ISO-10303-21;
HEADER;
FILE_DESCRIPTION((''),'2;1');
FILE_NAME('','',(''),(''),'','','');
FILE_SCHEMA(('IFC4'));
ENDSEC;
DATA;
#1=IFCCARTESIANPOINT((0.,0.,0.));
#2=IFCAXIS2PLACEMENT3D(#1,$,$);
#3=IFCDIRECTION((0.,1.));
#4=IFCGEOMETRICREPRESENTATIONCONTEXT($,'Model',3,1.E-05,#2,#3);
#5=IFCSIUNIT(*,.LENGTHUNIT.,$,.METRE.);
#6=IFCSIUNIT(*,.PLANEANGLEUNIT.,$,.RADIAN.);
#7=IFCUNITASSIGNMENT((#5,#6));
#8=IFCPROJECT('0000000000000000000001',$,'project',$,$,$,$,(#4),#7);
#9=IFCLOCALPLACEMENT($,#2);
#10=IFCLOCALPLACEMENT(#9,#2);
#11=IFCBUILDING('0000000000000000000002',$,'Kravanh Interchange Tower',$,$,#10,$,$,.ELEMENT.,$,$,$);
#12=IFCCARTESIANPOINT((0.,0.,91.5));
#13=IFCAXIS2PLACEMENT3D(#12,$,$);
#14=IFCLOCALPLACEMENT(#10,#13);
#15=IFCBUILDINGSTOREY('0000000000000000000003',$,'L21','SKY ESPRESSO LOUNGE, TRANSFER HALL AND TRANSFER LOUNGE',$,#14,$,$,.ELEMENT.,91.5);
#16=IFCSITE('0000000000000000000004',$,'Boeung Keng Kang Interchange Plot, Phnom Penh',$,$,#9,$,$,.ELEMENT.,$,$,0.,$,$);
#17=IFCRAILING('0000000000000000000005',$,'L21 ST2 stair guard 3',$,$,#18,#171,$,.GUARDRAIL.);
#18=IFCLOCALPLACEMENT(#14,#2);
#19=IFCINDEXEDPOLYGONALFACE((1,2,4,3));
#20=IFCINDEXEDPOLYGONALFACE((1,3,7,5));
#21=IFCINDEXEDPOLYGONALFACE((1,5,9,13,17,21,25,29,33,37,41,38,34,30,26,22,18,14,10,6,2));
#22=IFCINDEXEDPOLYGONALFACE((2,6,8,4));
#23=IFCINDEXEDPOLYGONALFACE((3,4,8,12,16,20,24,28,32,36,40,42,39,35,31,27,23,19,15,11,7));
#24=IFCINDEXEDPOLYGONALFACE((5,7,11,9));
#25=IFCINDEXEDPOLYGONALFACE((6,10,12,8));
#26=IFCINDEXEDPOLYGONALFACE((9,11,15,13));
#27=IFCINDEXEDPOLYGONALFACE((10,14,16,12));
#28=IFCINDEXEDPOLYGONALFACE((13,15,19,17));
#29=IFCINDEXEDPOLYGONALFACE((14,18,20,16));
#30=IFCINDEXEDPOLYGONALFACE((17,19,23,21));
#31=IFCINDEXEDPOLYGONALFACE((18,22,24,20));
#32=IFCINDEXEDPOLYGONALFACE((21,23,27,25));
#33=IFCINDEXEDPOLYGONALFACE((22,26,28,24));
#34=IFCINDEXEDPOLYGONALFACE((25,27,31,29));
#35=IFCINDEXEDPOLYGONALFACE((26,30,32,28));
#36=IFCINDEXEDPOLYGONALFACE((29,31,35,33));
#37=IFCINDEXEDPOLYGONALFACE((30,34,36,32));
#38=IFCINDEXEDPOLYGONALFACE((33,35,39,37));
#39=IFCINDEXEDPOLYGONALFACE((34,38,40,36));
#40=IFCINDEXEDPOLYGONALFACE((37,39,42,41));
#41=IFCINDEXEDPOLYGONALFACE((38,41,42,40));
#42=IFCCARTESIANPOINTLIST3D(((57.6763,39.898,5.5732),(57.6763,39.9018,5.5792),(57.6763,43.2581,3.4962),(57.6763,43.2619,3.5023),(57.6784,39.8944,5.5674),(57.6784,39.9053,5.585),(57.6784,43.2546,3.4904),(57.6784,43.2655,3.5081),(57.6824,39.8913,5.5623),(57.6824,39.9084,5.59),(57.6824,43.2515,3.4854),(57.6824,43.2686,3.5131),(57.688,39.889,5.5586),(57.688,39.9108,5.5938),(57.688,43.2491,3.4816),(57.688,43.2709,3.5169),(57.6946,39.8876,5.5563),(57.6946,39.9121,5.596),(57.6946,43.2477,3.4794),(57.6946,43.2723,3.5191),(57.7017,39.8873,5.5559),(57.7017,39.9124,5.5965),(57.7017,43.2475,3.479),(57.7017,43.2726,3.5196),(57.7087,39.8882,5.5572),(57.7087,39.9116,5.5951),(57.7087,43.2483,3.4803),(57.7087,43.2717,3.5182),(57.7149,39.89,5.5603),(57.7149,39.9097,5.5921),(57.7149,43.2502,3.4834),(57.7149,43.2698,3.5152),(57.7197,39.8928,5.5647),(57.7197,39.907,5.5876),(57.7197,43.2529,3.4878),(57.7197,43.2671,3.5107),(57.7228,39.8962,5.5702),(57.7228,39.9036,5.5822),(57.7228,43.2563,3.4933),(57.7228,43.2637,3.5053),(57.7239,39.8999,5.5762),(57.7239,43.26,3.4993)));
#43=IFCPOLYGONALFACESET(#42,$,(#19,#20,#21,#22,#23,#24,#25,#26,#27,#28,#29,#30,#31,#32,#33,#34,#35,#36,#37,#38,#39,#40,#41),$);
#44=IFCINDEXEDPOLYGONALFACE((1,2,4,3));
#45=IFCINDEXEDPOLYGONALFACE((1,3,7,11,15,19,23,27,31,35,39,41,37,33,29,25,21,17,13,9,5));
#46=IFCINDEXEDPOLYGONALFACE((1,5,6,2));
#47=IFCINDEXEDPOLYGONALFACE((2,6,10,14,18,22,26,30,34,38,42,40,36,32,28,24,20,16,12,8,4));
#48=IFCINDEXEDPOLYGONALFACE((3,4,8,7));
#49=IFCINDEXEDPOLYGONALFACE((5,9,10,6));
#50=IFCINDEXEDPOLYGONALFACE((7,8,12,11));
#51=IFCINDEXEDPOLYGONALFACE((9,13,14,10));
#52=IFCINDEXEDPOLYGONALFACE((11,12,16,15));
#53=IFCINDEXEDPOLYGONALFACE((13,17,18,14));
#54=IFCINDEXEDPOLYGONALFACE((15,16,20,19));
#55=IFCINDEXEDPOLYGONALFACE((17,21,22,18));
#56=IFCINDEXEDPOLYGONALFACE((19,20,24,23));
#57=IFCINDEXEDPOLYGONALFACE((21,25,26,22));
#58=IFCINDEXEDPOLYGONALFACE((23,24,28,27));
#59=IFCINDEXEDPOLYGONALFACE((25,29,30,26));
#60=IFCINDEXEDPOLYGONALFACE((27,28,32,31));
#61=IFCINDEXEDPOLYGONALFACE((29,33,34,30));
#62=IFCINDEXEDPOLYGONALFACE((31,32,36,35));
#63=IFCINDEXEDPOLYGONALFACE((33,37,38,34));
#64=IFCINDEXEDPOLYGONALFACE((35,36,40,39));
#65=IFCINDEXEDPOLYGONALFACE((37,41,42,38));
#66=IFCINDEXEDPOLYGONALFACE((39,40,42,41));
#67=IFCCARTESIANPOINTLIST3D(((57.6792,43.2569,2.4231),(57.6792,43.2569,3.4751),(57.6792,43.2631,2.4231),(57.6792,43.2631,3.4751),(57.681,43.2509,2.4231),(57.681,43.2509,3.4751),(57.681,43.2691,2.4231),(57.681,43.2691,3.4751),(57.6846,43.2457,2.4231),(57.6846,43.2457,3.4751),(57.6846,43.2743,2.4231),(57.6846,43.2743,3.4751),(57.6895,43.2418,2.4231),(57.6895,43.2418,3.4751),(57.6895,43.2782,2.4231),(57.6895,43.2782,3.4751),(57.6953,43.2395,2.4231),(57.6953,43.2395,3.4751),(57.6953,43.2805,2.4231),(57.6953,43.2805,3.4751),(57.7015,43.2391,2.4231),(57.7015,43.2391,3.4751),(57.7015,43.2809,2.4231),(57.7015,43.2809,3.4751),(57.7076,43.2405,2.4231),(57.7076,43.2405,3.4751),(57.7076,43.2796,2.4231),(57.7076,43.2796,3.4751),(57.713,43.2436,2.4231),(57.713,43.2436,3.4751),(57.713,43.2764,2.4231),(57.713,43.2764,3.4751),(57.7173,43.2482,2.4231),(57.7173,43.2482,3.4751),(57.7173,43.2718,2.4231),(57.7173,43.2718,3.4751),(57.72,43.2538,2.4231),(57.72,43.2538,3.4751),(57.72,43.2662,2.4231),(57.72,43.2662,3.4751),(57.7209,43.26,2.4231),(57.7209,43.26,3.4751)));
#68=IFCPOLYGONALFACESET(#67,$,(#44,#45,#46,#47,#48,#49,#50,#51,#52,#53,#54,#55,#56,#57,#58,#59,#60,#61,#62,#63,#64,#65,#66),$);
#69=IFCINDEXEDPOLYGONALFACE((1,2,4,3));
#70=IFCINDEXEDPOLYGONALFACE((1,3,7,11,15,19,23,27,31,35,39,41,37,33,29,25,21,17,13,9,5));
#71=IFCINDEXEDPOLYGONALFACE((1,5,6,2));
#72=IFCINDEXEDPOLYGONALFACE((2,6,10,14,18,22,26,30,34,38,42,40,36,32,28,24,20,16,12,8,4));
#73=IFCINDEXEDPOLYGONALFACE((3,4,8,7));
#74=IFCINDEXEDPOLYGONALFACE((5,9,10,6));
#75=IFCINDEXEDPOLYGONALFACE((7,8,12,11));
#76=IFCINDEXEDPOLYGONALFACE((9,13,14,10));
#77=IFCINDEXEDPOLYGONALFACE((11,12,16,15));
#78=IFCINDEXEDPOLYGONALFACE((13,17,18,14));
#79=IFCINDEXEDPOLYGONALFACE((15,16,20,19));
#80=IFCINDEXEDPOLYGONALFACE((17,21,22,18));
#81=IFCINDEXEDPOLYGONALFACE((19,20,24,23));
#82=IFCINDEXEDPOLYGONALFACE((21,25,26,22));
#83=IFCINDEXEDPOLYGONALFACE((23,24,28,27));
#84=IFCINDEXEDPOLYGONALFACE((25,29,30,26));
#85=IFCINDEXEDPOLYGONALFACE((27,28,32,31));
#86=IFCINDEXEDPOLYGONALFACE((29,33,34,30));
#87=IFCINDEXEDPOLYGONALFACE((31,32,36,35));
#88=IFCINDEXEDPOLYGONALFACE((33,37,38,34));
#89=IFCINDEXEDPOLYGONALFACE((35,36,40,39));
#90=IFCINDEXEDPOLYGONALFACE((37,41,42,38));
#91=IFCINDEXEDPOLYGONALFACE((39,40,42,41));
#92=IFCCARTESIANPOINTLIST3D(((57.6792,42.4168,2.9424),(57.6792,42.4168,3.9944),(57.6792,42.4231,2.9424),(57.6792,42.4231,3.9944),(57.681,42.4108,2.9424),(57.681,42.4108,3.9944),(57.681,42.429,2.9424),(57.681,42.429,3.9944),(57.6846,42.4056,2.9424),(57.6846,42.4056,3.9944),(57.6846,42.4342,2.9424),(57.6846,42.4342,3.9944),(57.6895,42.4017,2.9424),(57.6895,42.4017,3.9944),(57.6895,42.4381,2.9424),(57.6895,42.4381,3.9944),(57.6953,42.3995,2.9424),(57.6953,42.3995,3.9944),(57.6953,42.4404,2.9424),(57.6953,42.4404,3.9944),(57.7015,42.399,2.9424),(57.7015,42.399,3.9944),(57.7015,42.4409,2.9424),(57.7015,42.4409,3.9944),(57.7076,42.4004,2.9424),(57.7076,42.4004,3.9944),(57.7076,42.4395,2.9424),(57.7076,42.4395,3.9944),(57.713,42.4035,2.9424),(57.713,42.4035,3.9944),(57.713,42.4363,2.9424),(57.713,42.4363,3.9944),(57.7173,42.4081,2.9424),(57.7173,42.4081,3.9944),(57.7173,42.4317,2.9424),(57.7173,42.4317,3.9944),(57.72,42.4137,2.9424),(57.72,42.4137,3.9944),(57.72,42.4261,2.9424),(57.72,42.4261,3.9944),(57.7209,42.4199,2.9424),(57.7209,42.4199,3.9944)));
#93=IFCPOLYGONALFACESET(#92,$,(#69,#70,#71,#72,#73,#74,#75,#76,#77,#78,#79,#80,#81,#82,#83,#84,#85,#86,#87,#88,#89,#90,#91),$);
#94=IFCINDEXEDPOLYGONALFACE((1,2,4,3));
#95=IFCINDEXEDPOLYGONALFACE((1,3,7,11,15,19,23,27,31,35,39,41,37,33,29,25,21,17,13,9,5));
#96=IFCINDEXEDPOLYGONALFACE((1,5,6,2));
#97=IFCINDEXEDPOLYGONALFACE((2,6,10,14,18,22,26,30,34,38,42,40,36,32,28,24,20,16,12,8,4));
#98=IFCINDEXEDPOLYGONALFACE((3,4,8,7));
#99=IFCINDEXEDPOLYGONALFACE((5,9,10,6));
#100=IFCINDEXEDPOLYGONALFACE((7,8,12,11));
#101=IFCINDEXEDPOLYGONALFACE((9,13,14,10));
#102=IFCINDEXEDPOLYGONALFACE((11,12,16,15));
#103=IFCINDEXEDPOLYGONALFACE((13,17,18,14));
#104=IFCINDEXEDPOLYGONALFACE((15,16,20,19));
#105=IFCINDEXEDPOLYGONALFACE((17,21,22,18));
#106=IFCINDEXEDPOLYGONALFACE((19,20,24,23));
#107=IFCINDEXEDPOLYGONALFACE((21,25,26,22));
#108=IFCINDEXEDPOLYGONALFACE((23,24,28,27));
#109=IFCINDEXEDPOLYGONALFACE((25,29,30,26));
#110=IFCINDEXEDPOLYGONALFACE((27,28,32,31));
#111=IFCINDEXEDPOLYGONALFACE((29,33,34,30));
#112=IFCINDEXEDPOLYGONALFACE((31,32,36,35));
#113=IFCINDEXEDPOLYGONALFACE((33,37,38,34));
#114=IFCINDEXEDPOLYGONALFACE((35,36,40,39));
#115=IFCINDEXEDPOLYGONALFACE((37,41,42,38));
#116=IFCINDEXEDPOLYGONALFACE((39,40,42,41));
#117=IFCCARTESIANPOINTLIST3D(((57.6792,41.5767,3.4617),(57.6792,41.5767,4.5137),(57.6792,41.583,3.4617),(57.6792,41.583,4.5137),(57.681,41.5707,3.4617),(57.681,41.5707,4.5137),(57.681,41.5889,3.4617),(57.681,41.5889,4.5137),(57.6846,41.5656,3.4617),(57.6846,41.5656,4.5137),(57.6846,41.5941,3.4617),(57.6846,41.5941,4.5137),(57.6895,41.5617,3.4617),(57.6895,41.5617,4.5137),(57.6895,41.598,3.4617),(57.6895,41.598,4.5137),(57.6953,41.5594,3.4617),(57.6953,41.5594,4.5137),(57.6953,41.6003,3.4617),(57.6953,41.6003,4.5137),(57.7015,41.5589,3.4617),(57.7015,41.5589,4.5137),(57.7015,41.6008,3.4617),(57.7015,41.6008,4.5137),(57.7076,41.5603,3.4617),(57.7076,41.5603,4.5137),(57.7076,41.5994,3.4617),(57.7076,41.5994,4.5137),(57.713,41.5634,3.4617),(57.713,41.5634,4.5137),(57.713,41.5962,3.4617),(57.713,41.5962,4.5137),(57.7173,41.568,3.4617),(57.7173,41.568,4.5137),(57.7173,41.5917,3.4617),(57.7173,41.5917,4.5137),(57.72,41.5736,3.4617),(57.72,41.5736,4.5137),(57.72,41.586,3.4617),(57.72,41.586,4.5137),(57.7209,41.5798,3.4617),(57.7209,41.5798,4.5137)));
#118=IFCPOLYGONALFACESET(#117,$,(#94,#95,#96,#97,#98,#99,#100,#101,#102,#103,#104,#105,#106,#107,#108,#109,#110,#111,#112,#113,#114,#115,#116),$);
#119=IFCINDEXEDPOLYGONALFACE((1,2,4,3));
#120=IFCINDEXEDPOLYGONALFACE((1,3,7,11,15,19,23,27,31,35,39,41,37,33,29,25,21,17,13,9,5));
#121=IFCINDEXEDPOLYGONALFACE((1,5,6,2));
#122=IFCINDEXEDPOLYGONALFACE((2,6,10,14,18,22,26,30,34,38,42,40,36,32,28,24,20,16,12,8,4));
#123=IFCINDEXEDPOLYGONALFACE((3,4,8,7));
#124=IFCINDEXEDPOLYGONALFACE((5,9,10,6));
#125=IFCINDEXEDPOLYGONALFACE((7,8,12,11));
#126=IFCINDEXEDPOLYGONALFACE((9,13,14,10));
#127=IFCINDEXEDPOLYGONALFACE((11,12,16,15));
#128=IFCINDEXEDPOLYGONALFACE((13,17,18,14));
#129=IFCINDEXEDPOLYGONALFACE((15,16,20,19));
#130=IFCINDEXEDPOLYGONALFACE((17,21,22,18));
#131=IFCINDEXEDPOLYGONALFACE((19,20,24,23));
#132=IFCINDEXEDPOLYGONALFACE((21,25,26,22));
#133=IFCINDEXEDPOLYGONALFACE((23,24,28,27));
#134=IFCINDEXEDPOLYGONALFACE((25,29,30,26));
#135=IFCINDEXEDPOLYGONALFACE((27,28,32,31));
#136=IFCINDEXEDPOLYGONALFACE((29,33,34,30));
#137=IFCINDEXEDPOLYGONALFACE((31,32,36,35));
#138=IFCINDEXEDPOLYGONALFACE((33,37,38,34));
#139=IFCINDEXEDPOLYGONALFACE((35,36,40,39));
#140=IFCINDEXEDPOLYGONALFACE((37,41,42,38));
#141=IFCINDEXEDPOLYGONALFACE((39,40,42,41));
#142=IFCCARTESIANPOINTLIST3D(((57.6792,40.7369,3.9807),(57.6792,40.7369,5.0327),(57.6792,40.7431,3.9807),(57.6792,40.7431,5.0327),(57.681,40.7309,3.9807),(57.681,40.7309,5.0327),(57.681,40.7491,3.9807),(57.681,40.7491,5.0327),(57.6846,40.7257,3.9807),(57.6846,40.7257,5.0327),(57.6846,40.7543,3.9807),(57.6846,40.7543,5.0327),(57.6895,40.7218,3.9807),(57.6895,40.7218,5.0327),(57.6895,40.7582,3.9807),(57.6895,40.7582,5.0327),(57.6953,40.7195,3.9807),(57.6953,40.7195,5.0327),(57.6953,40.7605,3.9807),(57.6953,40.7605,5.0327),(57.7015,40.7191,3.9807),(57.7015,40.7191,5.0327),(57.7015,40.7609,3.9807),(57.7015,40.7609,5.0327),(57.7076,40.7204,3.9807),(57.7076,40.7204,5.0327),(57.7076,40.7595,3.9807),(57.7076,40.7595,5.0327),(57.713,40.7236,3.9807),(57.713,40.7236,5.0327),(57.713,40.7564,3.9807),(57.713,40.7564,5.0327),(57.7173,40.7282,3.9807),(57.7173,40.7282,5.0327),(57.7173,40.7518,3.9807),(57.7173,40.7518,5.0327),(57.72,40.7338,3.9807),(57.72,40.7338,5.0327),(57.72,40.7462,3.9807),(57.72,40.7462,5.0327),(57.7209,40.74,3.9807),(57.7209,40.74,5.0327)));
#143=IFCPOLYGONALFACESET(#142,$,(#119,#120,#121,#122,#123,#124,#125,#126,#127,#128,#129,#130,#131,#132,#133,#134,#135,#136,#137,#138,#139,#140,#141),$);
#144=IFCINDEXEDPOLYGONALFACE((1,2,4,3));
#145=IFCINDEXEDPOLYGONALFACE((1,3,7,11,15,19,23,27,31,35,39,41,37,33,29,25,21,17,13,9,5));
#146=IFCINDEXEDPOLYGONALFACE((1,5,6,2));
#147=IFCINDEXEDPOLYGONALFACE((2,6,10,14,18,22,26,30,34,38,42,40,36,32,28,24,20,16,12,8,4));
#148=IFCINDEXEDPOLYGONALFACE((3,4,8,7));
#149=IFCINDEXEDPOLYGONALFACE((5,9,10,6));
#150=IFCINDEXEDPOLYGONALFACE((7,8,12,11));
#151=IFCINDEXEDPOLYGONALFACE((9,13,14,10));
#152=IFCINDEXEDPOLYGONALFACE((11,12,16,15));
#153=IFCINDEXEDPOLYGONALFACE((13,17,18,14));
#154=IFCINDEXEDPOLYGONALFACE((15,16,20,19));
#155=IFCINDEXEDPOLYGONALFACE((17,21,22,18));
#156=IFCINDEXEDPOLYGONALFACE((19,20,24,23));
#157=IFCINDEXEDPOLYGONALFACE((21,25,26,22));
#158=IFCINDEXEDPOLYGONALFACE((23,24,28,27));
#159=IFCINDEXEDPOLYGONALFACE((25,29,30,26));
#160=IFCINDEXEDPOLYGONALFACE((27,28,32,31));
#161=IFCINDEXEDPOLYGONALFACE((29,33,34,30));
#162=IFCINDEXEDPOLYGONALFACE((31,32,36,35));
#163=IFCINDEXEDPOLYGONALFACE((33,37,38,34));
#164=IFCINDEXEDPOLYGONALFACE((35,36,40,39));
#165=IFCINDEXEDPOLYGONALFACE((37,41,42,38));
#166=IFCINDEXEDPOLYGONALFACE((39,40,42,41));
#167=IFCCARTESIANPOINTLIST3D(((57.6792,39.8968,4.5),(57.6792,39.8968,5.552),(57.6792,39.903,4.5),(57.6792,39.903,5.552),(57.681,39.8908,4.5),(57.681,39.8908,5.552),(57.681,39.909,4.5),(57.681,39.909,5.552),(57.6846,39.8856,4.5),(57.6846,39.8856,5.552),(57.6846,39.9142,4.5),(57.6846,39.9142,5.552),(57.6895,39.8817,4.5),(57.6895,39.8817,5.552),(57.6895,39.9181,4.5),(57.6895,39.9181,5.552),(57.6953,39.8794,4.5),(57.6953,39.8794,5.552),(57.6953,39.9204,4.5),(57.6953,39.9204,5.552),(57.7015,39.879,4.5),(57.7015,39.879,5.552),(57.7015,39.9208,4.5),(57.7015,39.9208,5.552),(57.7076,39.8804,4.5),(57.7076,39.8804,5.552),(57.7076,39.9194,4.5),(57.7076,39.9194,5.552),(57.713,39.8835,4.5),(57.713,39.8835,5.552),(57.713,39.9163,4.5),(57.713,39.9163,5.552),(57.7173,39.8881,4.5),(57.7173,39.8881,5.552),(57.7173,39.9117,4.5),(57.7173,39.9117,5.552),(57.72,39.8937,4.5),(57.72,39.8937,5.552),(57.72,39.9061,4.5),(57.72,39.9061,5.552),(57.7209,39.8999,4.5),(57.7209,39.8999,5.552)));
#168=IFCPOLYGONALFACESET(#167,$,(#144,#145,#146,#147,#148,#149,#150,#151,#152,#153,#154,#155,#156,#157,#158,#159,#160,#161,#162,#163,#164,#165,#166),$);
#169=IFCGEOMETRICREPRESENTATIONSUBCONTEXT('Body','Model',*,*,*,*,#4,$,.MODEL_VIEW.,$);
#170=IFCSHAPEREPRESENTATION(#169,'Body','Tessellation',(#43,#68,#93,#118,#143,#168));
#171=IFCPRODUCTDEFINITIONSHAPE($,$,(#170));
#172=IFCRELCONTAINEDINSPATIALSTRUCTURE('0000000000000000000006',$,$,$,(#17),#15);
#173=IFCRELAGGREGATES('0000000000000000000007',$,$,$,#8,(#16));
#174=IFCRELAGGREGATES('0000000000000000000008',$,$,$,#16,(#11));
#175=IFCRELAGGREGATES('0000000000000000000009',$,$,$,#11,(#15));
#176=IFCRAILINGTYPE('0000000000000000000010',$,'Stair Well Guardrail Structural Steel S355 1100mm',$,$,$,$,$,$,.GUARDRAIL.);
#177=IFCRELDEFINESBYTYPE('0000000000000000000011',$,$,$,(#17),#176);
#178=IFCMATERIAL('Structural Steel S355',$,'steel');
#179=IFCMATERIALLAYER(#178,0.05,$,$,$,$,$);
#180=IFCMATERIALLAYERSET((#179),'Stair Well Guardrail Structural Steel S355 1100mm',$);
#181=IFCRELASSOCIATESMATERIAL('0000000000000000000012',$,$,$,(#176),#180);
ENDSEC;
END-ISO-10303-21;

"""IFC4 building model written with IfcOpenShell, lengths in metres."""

from ifc_helpers import new_model, si_unit, direction, frame, origin, origin_2d, place, context, subcontext, project, spatial, circle, extrude, material, layer, layer_set, type_object, element, save


model = new_model("IFC4")

# Units and contexts
model_context = context("Model", 3, precision=1e-05, world=origin(), true_north=direction((0.0, 1.0)))
body_context = subcontext(model_context, "Body", "Model", "MODEL_VIEW")
ifc_project = project(units=[si_unit("LENGTHUNIT", "METRE"), si_unit("PLANEANGLEUNIT", "RADIAN")], contexts=[model_context])

# Site, building, storey
site_placement = place(None, origin())
site = spatial("IfcSite", under=ifc_project, at=site_placement, Name="Boeung Keng Kang Interchange Plot, Phnom Penh", CompositionType="ELEMENT", RefElevation=0.0)
building_placement = place(site_placement, origin())
building = spatial("IfcBuilding", under=site, at=building_placement, Name="Kravanh Interchange Tower", CompositionType="ELEMENT")
storey_placement = place(building_placement, frame((0.0, 0.0, 91.5)))
storey = spatial("IfcBuildingStorey", under=building, at=storey_placement, Name="L21", Description="SKY ESPRESSO LOUNGE, TRANSFER HALL AND TRANSFER LOUNGE", CompositionType="ELEMENT", Elevation=91.5)

# Railing
ifc_material_1 = material(Name="Structural Steel S355", Category="steel")
ifc_layer_1 = layer(ifc_material_1, 0.05)
ifc_layer_set_1 = layer_set([ifc_layer_1], Name="Stair Well Guardrail Structural Steel S355 1100mm")
railing_type_1 = type_object("IfcRailingType", Name="Stair Well Guardrail Structural Steel S355 1100mm", PredefinedType="GUARDRAIL", material=ifc_layer_set_1)
railing_1_placement = place(storey_placement, frame((57.7, 43.26, 2.4231)))
element("IfcRailing", 1, at=railing_1_placement, inside=storey, type_object=railing_type_1, Name="L21 ST2 stair guard 3", PredefinedType="GUARDRAIL", context=body_context, shape_type="SweptSolid", body=[
    extrude(circle(Radius=0.0239, at=origin_2d()), frame((0.0, 0.0, 1.0762), z_axis=(0.0, -0.850623, 0.525776), x_axis=(1.0, 0.0, 0.0)), (0.0, 0.0, 1.0), 3.9502),
    extrude(circle(Radius=0.021, at=origin_2d()), origin(), (0.0, 0.0, 1.0), 1.052),
    extrude(circle(Radius=0.021, at=origin_2d()), frame((0.0, -0.8401, 0.5193)), (0.0, 0.0, 1.0), 1.052),
    extrude(circle(Radius=0.021, at=origin_2d()), frame((0.0, -1.6802, 1.0386)), (0.0, 0.0, 1.0), 1.052),
    extrude(circle(Radius=0.021, at=origin_2d()), frame((0.0, -2.52, 1.5576)), (0.0, 0.0, 1.0), 1.052),
    extrude(circle(Radius=0.021, at=origin_2d()), frame((0.0, -3.3601, 2.0769)), (0.0, 0.0, 1.0), 1.052),
])

save(model, "model.ifc")
